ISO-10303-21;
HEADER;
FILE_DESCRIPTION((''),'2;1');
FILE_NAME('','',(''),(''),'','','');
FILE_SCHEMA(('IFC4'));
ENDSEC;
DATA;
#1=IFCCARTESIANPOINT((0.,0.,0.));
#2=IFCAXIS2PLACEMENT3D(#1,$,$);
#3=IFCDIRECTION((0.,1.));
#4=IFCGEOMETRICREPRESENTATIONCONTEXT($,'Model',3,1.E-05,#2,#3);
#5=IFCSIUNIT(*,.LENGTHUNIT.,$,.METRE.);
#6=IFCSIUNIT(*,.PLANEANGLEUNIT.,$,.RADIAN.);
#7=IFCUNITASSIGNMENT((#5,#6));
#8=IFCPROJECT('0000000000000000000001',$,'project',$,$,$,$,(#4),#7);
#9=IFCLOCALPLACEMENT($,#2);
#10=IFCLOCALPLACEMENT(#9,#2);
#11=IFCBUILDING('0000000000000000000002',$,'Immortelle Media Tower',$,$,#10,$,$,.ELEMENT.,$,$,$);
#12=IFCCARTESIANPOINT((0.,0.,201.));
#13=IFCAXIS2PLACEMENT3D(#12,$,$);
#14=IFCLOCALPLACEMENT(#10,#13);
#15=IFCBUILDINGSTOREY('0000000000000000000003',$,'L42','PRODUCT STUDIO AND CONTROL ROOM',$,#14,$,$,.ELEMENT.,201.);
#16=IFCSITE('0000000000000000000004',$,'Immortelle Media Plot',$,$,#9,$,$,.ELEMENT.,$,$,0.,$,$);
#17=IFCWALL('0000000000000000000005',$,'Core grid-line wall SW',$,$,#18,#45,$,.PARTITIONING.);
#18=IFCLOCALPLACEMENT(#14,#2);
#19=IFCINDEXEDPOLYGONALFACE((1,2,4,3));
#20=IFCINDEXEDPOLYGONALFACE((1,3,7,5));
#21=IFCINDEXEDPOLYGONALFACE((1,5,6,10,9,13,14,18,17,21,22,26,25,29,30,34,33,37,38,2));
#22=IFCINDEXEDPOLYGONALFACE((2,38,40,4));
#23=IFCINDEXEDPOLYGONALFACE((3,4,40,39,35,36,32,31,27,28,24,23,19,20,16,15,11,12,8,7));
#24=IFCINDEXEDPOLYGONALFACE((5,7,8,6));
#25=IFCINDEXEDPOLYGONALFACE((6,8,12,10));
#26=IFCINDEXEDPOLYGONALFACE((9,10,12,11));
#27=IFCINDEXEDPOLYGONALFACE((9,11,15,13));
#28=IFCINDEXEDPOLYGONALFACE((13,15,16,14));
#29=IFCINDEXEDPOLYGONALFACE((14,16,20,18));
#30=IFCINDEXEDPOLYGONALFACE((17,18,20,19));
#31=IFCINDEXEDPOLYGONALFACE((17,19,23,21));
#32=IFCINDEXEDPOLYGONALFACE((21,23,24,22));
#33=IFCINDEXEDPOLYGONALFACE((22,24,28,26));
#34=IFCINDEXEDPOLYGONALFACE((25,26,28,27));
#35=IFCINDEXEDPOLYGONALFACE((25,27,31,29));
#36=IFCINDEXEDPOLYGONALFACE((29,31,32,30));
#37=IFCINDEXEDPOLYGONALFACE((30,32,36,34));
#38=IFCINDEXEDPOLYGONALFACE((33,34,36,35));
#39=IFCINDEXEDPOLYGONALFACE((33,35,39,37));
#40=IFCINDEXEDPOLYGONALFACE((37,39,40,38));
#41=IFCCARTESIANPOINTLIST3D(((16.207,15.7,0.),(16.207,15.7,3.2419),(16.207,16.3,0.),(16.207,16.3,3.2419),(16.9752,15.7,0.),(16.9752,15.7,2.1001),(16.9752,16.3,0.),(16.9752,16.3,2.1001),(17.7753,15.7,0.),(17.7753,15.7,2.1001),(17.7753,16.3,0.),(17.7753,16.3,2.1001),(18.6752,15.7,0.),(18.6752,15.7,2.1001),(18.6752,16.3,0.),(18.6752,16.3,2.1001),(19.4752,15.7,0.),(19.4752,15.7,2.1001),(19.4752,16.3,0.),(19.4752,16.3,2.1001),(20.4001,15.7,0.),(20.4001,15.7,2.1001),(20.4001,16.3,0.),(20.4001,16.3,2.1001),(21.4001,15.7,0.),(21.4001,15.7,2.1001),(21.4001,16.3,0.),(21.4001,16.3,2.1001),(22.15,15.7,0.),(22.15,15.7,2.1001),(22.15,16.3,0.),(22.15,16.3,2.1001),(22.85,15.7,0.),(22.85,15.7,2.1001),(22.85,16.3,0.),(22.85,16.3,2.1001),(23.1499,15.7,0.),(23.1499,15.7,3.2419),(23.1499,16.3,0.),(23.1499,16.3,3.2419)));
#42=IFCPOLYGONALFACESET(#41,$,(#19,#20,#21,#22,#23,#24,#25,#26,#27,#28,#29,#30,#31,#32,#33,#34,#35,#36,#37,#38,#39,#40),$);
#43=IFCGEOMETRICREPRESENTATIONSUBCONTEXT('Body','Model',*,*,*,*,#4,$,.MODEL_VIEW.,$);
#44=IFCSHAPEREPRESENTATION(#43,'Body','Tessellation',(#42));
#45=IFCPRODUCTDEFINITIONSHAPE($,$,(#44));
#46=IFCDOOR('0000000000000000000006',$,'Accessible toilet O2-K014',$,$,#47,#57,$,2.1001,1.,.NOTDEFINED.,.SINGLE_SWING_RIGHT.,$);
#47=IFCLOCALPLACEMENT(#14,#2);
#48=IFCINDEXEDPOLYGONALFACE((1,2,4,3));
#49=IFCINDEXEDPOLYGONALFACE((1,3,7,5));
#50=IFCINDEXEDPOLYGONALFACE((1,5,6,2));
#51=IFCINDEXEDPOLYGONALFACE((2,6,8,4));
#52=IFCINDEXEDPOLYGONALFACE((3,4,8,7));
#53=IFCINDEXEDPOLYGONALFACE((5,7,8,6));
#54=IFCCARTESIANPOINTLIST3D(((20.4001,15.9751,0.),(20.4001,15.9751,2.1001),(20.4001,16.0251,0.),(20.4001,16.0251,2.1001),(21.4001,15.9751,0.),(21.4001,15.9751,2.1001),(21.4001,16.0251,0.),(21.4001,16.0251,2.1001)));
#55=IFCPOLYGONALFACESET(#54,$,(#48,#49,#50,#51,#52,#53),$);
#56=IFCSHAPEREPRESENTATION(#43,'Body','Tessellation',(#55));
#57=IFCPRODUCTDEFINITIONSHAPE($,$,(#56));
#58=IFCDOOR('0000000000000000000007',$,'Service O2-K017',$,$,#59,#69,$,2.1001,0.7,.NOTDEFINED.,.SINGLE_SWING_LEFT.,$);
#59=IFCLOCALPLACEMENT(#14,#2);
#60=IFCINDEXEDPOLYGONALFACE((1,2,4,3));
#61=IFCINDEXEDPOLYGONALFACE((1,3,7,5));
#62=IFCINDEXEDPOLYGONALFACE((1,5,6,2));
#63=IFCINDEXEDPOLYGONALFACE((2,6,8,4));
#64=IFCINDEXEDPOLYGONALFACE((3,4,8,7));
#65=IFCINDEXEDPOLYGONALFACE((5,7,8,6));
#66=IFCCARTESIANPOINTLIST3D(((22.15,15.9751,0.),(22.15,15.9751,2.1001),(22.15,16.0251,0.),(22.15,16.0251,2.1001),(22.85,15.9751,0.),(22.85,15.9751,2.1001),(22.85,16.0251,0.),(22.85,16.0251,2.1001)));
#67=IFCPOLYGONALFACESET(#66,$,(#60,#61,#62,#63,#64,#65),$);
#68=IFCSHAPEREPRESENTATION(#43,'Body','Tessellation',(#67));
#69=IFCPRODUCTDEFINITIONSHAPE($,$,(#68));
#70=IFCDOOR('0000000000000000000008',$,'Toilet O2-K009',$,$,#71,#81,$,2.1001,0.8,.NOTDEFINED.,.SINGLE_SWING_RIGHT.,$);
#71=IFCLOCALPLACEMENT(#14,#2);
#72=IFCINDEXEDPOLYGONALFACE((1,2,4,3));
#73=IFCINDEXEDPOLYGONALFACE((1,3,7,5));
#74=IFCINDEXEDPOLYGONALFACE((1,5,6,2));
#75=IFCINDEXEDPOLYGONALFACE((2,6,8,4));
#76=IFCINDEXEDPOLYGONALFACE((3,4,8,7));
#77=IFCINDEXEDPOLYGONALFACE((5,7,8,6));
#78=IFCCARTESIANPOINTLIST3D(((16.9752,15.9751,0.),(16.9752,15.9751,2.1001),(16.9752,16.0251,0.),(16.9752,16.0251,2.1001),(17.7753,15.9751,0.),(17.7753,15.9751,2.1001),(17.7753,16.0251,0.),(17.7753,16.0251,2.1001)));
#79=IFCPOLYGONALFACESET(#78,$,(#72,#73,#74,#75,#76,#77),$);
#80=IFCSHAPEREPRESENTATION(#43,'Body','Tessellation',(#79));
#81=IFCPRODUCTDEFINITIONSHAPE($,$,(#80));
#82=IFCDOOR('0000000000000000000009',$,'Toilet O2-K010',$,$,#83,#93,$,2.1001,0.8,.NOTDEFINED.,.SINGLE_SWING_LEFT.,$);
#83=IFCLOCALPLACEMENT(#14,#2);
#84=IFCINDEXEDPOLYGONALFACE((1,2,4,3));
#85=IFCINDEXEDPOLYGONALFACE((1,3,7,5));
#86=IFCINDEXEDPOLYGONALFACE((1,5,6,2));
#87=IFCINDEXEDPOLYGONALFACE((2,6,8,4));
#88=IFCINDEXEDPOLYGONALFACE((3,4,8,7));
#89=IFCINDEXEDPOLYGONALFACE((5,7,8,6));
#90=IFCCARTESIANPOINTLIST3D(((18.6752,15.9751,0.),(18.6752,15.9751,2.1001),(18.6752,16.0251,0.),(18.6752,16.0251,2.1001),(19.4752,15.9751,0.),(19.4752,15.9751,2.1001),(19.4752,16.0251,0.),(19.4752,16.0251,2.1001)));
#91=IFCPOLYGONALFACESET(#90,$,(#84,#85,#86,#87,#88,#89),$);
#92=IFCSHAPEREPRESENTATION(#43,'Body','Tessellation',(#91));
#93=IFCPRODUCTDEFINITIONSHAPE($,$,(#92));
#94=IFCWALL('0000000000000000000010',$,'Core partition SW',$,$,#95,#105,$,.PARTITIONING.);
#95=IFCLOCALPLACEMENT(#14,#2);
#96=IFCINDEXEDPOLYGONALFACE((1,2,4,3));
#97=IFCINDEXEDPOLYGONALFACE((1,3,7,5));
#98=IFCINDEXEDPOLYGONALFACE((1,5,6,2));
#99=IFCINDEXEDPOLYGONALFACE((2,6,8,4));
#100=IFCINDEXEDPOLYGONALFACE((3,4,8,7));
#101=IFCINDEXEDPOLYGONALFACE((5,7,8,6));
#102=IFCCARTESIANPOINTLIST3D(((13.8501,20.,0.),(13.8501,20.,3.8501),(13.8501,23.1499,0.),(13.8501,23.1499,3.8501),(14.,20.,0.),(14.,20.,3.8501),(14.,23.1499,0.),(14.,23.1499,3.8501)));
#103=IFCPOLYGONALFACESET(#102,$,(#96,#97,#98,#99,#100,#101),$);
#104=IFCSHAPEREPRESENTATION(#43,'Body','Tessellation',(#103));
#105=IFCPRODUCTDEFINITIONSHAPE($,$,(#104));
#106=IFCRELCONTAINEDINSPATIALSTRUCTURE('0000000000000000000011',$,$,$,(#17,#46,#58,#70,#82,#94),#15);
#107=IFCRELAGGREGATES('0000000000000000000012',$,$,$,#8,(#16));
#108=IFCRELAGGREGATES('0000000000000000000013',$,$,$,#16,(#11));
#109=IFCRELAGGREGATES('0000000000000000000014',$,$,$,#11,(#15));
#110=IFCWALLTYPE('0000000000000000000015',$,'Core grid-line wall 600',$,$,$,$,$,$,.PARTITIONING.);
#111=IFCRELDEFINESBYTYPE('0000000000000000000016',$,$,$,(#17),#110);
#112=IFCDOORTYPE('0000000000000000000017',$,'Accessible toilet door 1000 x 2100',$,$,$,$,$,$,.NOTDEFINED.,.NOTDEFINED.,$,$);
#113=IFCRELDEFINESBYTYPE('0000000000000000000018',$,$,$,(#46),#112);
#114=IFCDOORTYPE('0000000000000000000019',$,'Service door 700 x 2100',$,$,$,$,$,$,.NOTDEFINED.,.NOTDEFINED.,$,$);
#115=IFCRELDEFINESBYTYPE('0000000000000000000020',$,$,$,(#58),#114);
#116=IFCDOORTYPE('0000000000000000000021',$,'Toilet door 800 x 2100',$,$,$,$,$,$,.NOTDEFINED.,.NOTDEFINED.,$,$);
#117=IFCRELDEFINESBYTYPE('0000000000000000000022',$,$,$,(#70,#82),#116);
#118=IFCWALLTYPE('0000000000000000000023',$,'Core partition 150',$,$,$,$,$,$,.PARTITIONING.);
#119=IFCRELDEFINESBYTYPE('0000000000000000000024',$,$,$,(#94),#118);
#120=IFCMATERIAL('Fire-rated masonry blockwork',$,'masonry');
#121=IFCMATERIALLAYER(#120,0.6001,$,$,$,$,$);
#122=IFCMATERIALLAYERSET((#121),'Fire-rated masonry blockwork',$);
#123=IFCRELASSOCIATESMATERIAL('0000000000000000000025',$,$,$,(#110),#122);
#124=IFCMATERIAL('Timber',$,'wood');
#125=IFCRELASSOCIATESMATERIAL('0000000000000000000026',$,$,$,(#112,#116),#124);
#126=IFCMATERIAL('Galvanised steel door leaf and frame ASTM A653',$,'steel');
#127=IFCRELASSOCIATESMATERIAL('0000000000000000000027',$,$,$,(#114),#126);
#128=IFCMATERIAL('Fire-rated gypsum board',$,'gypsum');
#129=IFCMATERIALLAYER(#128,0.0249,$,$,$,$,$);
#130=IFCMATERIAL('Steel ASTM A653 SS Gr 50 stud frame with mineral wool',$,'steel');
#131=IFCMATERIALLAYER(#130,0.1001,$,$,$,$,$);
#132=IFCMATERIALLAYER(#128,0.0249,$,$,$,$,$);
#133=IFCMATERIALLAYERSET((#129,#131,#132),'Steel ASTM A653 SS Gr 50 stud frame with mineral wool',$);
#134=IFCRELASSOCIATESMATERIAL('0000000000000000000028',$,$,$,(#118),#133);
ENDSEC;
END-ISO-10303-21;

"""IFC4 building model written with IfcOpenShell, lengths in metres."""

from ifc_helpers import new_model, si_unit, direction, frame, frame_2d, origin, place, context, subcontext, project, spatial, rectangle, extrude, material, layer, layer_set, type_object, element, fill, save


model = new_model("IFC4")

# Units and contexts
model_context = context("Model", 3, precision=1e-05, world=origin(), true_north=direction((0.0, 1.0)))
body_context = subcontext(model_context, "Body", "Model", "MODEL_VIEW")
ifc_project = project(units=[si_unit("LENGTHUNIT", "METRE"), si_unit("PLANEANGLEUNIT", "RADIAN")], contexts=[model_context])

# Site, building, storey
site_placement = place(None, origin())
site = spatial("IfcSite", under=ifc_project, at=site_placement, Name="Immortelle Media Plot", CompositionType="ELEMENT", RefElevation=0.0)
building_placement = place(site_placement, origin())
building = spatial("IfcBuilding", under=site, at=building_placement, Name="Immortelle Media Tower", CompositionType="ELEMENT")
storey_placement = place(building_placement, frame((0.0, 0.0, 201.0)))
storey = spatial("IfcBuildingStorey", under=building, at=storey_placement, Name="L42", Description="PRODUCT STUDIO AND CONTROL ROOM", CompositionType="ELEMENT", Elevation=201.0)

# Wall, openings, doors
ifc_material_1 = material(Name="Fire-rated masonry blockwork", Category="masonry")
ifc_layer_1 = layer(ifc_material_1, 0.6001)
ifc_layer_set_1 = layer_set([ifc_layer_1], Name="Fire-rated masonry blockwork")
wall_type_1 = type_object("IfcWallType", Name="Core grid-line wall 600", PredefinedType="PARTITIONING", material=ifc_layer_set_1)
wall_1_placement = place(storey_placement, frame((16.207, 16.0, 0.0), z_axis=(0.0, 0.0, 1.0), x_axis=(1.0, 0.0, 0.0)))
wall_1 = element("IfcWall", 1, at=wall_1_placement, inside=storey, type_object=wall_type_1, Name="Core grid-line wall SW", PredefinedType="PARTITIONING", context=body_context, shape_type="SweptSolid", body=[
    extrude(rectangle(XDim=6.9429, YDim=0.6001, at=frame_2d((3.4714, 0.0))), origin(), (0.0, 0.0, 1.0), 3.2419),
])
opening_1_placement = place(wall_1_placement, frame((1.5681, 0.0, 0.0), z_axis=(0.0, 0.0, 1.0), x_axis=(-1.0, 0.0, 0.0)))
opening_1 = element("IfcOpeningElement", 2, at=opening_1_placement, cuts=wall_1, PredefinedType="OPENING", context=body_context, shape_type="SweptSolid", body=[
    extrude(rectangle(XDim=0.8, YDim=2.1001, at=frame_2d((0.3999, 1.05))), frame((0.0, 0.3101, 0.0), z_axis=(0.0, -1.0, 0.0), x_axis=(1.0, 0.0, 0.0)), (0.0, 0.0, 1.0), 0.6201),
])
opening_2_placement = place(wall_1_placement, frame((3.2681, 0.0, 0.0), z_axis=(0.0, 0.0, 1.0), x_axis=(-1.0, 0.0, 0.0)))
opening_2 = element("IfcOpeningElement", 3, at=opening_2_placement, cuts=wall_1, PredefinedType="OPENING", context=body_context, shape_type="SweptSolid", body=[
    extrude(rectangle(XDim=0.8, YDim=2.1001, at=frame_2d((0.3999, 1.05))), frame((0.0, 0.3101, 0.0), z_axis=(0.0, -1.0, 0.0), x_axis=(1.0, 0.0, 0.0)), (0.0, 0.0, 1.0), 0.6201),
])
opening_3_placement = place(wall_1_placement, frame((5.1931, 0.0, 0.0), z_axis=(0.0, 0.0, 1.0), x_axis=(-1.0, 0.0, 0.0)))
opening_3 = element("IfcOpeningElement", 4, at=opening_3_placement, cuts=wall_1, PredefinedType="OPENING", context=body_context, shape_type="SweptSolid", body=[
    extrude(rectangle(XDim=1.0, YDim=2.1001, at=frame_2d((0.5, 1.05))), frame((0.0, 0.3101, 0.0), z_axis=(0.0, -1.0, 0.0), x_axis=(1.0, 0.0, 0.0)), (0.0, 0.0, 1.0), 0.6201),
])
opening_4_placement = place(wall_1_placement, frame((6.6431, 0.0, 0.0), z_axis=(0.0, 0.0, 1.0), x_axis=(-1.0, 0.0, 0.0)))
opening_4 = element("IfcOpeningElement", 5, at=opening_4_placement, cuts=wall_1, PredefinedType="OPENING", context=body_context, shape_type="SweptSolid", body=[
    extrude(rectangle(XDim=0.7, YDim=2.1001, at=frame_2d((0.3501, 1.05))), frame((0.0, 0.3101, 0.0), z_axis=(0.0, -1.0, 0.0), x_axis=(1.0, 0.0, 0.0)), (0.0, 0.0, 1.0), 0.6201),
])
ifc_material_2 = material(Name="Timber", Category="wood")
door_type_1 = type_object("IfcDoorType", Name="Accessible toilet door 1000 x 2100", OperationType="NOTDEFINED", PredefinedType="NOTDEFINED", material=ifc_material_2)
door_1_placement = place(opening_3_placement, origin())
door_1 = element("IfcDoor", 6, at=door_1_placement, inside=storey, type_object=door_type_1, Name="Accessible toilet O2-K014", OperationType="SINGLE_SWING_RIGHT", OverallHeight=2.1001, OverallWidth=1.0, PredefinedType="NOTDEFINED", context=body_context, shape_type="SweptSolid", body=[
    extrude(rectangle(XDim=1.0, YDim=2.1001, at=frame_2d((0.5, 1.05))), frame((0.0, 0.0249, 0.0), z_axis=(0.0, -1.0, 0.0), x_axis=(1.0, 0.0, 0.0)), (0.0, 0.0, 1.0), 0.05),
])
fill(opening_3, door_1)
ifc_material_3 = material(Name="Galvanised steel door leaf and frame ASTM A653", Category="steel")
door_type_2 = type_object("IfcDoorType", Name="Service door 700 x 2100", OperationType="NOTDEFINED", PredefinedType="NOTDEFINED", material=ifc_material_3)
door_2_placement = place(opening_4_placement, origin())
door_2 = element("IfcDoor", 7, at=door_2_placement, inside=storey, type_object=door_type_2, Name="Service O2-K017", OperationType="SINGLE_SWING_LEFT", OverallHeight=2.1001, OverallWidth=0.7, PredefinedType="NOTDEFINED", context=body_context, shape_type="SweptSolid", body=[
    extrude(rectangle(XDim=0.7, YDim=2.1001, at=frame_2d((0.3501, 1.05))), frame((0.0, 0.0249, 0.0), z_axis=(0.0, -1.0, 0.0), x_axis=(1.0, 0.0, 0.0)), (0.0, 0.0, 1.0), 0.05),
])
fill(opening_4, door_2)
door_type_3 = type_object("IfcDoorType", Name="Toilet door 800 x 2100", OperationType="NOTDEFINED", PredefinedType="NOTDEFINED", material=ifc_material_2)
door_3_placement = place(opening_1_placement, origin())
door_3 = element("IfcDoor", 8, at=door_3_placement, inside=storey, type_object=door_type_3, Name="Toilet O2-K009", OperationType="SINGLE_SWING_RIGHT", OverallHeight=2.1001, OverallWidth=0.8, PredefinedType="NOTDEFINED", context=body_context, shape_type="SweptSolid", body=[
    extrude(rectangle(XDim=0.8, YDim=2.1001, at=frame_2d((0.3999, 1.05))), frame((0.0, 0.0249, 0.0), z_axis=(0.0, -1.0, 0.0), x_axis=(1.0, 0.0, 0.0)), (0.0, 0.0, 1.0), 0.05),
])
fill(opening_1, door_3)
door_4_placement = place(opening_2_placement, origin())
door_4 = element("IfcDoor", 9, at=door_4_placement, inside=storey, type_object=door_type_3, Name="Toilet O2-K010", OperationType="SINGLE_SWING_LEFT", OverallHeight=2.1001, OverallWidth=0.8, PredefinedType="NOTDEFINED", context=body_context, shape_type="SweptSolid", body=[
    extrude(rectangle(XDim=0.8, YDim=2.1001, at=frame_2d((0.3999, 1.05))), frame((0.0, 0.0249, 0.0), z_axis=(0.0, -1.0, 0.0), x_axis=(1.0, 0.0, 0.0)), (0.0, 0.0, 1.0), 0.05),
])
fill(opening_2, door_4)

# Wall
ifc_material_4 = material(Name="Fire-rated gypsum board", Category="gypsum")
ifc_layer_2 = layer(ifc_material_4, 0.0249)
ifc_material_5 = material(Name="Steel ASTM A653 SS Gr 50 stud frame with mineral wool", Category="steel")
ifc_layer_3 = layer(ifc_material_5, 0.1001)
ifc_layer_4 = layer(ifc_material_4, 0.0249)
ifc_layer_set_2 = layer_set([ifc_layer_2, ifc_layer_3, ifc_layer_4], Name="Steel ASTM A653 SS Gr 50 stud frame with mineral wool")
wall_type_2 = type_object("IfcWallType", Name="Core partition 150", PredefinedType="PARTITIONING", material=ifc_layer_set_2)
wall_2_placement = place(storey_placement, frame((13.925, 20.0, 0.0), z_axis=(0.0, 0.0, 1.0), x_axis=(0.0, 1.0, 0.0)))
element("IfcWall", 10, at=wall_2_placement, inside=storey, type_object=wall_type_2, Name="Core partition SW", PredefinedType="PARTITIONING", context=body_context, shape_type="SweptSolid", body=[
    extrude(rectangle(XDim=3.1499, YDim=0.1499, at=frame_2d((1.575, 0.0))), origin(), (0.0, 0.0, 1.0), 3.8501),
])

save(model, "model.ifc")
